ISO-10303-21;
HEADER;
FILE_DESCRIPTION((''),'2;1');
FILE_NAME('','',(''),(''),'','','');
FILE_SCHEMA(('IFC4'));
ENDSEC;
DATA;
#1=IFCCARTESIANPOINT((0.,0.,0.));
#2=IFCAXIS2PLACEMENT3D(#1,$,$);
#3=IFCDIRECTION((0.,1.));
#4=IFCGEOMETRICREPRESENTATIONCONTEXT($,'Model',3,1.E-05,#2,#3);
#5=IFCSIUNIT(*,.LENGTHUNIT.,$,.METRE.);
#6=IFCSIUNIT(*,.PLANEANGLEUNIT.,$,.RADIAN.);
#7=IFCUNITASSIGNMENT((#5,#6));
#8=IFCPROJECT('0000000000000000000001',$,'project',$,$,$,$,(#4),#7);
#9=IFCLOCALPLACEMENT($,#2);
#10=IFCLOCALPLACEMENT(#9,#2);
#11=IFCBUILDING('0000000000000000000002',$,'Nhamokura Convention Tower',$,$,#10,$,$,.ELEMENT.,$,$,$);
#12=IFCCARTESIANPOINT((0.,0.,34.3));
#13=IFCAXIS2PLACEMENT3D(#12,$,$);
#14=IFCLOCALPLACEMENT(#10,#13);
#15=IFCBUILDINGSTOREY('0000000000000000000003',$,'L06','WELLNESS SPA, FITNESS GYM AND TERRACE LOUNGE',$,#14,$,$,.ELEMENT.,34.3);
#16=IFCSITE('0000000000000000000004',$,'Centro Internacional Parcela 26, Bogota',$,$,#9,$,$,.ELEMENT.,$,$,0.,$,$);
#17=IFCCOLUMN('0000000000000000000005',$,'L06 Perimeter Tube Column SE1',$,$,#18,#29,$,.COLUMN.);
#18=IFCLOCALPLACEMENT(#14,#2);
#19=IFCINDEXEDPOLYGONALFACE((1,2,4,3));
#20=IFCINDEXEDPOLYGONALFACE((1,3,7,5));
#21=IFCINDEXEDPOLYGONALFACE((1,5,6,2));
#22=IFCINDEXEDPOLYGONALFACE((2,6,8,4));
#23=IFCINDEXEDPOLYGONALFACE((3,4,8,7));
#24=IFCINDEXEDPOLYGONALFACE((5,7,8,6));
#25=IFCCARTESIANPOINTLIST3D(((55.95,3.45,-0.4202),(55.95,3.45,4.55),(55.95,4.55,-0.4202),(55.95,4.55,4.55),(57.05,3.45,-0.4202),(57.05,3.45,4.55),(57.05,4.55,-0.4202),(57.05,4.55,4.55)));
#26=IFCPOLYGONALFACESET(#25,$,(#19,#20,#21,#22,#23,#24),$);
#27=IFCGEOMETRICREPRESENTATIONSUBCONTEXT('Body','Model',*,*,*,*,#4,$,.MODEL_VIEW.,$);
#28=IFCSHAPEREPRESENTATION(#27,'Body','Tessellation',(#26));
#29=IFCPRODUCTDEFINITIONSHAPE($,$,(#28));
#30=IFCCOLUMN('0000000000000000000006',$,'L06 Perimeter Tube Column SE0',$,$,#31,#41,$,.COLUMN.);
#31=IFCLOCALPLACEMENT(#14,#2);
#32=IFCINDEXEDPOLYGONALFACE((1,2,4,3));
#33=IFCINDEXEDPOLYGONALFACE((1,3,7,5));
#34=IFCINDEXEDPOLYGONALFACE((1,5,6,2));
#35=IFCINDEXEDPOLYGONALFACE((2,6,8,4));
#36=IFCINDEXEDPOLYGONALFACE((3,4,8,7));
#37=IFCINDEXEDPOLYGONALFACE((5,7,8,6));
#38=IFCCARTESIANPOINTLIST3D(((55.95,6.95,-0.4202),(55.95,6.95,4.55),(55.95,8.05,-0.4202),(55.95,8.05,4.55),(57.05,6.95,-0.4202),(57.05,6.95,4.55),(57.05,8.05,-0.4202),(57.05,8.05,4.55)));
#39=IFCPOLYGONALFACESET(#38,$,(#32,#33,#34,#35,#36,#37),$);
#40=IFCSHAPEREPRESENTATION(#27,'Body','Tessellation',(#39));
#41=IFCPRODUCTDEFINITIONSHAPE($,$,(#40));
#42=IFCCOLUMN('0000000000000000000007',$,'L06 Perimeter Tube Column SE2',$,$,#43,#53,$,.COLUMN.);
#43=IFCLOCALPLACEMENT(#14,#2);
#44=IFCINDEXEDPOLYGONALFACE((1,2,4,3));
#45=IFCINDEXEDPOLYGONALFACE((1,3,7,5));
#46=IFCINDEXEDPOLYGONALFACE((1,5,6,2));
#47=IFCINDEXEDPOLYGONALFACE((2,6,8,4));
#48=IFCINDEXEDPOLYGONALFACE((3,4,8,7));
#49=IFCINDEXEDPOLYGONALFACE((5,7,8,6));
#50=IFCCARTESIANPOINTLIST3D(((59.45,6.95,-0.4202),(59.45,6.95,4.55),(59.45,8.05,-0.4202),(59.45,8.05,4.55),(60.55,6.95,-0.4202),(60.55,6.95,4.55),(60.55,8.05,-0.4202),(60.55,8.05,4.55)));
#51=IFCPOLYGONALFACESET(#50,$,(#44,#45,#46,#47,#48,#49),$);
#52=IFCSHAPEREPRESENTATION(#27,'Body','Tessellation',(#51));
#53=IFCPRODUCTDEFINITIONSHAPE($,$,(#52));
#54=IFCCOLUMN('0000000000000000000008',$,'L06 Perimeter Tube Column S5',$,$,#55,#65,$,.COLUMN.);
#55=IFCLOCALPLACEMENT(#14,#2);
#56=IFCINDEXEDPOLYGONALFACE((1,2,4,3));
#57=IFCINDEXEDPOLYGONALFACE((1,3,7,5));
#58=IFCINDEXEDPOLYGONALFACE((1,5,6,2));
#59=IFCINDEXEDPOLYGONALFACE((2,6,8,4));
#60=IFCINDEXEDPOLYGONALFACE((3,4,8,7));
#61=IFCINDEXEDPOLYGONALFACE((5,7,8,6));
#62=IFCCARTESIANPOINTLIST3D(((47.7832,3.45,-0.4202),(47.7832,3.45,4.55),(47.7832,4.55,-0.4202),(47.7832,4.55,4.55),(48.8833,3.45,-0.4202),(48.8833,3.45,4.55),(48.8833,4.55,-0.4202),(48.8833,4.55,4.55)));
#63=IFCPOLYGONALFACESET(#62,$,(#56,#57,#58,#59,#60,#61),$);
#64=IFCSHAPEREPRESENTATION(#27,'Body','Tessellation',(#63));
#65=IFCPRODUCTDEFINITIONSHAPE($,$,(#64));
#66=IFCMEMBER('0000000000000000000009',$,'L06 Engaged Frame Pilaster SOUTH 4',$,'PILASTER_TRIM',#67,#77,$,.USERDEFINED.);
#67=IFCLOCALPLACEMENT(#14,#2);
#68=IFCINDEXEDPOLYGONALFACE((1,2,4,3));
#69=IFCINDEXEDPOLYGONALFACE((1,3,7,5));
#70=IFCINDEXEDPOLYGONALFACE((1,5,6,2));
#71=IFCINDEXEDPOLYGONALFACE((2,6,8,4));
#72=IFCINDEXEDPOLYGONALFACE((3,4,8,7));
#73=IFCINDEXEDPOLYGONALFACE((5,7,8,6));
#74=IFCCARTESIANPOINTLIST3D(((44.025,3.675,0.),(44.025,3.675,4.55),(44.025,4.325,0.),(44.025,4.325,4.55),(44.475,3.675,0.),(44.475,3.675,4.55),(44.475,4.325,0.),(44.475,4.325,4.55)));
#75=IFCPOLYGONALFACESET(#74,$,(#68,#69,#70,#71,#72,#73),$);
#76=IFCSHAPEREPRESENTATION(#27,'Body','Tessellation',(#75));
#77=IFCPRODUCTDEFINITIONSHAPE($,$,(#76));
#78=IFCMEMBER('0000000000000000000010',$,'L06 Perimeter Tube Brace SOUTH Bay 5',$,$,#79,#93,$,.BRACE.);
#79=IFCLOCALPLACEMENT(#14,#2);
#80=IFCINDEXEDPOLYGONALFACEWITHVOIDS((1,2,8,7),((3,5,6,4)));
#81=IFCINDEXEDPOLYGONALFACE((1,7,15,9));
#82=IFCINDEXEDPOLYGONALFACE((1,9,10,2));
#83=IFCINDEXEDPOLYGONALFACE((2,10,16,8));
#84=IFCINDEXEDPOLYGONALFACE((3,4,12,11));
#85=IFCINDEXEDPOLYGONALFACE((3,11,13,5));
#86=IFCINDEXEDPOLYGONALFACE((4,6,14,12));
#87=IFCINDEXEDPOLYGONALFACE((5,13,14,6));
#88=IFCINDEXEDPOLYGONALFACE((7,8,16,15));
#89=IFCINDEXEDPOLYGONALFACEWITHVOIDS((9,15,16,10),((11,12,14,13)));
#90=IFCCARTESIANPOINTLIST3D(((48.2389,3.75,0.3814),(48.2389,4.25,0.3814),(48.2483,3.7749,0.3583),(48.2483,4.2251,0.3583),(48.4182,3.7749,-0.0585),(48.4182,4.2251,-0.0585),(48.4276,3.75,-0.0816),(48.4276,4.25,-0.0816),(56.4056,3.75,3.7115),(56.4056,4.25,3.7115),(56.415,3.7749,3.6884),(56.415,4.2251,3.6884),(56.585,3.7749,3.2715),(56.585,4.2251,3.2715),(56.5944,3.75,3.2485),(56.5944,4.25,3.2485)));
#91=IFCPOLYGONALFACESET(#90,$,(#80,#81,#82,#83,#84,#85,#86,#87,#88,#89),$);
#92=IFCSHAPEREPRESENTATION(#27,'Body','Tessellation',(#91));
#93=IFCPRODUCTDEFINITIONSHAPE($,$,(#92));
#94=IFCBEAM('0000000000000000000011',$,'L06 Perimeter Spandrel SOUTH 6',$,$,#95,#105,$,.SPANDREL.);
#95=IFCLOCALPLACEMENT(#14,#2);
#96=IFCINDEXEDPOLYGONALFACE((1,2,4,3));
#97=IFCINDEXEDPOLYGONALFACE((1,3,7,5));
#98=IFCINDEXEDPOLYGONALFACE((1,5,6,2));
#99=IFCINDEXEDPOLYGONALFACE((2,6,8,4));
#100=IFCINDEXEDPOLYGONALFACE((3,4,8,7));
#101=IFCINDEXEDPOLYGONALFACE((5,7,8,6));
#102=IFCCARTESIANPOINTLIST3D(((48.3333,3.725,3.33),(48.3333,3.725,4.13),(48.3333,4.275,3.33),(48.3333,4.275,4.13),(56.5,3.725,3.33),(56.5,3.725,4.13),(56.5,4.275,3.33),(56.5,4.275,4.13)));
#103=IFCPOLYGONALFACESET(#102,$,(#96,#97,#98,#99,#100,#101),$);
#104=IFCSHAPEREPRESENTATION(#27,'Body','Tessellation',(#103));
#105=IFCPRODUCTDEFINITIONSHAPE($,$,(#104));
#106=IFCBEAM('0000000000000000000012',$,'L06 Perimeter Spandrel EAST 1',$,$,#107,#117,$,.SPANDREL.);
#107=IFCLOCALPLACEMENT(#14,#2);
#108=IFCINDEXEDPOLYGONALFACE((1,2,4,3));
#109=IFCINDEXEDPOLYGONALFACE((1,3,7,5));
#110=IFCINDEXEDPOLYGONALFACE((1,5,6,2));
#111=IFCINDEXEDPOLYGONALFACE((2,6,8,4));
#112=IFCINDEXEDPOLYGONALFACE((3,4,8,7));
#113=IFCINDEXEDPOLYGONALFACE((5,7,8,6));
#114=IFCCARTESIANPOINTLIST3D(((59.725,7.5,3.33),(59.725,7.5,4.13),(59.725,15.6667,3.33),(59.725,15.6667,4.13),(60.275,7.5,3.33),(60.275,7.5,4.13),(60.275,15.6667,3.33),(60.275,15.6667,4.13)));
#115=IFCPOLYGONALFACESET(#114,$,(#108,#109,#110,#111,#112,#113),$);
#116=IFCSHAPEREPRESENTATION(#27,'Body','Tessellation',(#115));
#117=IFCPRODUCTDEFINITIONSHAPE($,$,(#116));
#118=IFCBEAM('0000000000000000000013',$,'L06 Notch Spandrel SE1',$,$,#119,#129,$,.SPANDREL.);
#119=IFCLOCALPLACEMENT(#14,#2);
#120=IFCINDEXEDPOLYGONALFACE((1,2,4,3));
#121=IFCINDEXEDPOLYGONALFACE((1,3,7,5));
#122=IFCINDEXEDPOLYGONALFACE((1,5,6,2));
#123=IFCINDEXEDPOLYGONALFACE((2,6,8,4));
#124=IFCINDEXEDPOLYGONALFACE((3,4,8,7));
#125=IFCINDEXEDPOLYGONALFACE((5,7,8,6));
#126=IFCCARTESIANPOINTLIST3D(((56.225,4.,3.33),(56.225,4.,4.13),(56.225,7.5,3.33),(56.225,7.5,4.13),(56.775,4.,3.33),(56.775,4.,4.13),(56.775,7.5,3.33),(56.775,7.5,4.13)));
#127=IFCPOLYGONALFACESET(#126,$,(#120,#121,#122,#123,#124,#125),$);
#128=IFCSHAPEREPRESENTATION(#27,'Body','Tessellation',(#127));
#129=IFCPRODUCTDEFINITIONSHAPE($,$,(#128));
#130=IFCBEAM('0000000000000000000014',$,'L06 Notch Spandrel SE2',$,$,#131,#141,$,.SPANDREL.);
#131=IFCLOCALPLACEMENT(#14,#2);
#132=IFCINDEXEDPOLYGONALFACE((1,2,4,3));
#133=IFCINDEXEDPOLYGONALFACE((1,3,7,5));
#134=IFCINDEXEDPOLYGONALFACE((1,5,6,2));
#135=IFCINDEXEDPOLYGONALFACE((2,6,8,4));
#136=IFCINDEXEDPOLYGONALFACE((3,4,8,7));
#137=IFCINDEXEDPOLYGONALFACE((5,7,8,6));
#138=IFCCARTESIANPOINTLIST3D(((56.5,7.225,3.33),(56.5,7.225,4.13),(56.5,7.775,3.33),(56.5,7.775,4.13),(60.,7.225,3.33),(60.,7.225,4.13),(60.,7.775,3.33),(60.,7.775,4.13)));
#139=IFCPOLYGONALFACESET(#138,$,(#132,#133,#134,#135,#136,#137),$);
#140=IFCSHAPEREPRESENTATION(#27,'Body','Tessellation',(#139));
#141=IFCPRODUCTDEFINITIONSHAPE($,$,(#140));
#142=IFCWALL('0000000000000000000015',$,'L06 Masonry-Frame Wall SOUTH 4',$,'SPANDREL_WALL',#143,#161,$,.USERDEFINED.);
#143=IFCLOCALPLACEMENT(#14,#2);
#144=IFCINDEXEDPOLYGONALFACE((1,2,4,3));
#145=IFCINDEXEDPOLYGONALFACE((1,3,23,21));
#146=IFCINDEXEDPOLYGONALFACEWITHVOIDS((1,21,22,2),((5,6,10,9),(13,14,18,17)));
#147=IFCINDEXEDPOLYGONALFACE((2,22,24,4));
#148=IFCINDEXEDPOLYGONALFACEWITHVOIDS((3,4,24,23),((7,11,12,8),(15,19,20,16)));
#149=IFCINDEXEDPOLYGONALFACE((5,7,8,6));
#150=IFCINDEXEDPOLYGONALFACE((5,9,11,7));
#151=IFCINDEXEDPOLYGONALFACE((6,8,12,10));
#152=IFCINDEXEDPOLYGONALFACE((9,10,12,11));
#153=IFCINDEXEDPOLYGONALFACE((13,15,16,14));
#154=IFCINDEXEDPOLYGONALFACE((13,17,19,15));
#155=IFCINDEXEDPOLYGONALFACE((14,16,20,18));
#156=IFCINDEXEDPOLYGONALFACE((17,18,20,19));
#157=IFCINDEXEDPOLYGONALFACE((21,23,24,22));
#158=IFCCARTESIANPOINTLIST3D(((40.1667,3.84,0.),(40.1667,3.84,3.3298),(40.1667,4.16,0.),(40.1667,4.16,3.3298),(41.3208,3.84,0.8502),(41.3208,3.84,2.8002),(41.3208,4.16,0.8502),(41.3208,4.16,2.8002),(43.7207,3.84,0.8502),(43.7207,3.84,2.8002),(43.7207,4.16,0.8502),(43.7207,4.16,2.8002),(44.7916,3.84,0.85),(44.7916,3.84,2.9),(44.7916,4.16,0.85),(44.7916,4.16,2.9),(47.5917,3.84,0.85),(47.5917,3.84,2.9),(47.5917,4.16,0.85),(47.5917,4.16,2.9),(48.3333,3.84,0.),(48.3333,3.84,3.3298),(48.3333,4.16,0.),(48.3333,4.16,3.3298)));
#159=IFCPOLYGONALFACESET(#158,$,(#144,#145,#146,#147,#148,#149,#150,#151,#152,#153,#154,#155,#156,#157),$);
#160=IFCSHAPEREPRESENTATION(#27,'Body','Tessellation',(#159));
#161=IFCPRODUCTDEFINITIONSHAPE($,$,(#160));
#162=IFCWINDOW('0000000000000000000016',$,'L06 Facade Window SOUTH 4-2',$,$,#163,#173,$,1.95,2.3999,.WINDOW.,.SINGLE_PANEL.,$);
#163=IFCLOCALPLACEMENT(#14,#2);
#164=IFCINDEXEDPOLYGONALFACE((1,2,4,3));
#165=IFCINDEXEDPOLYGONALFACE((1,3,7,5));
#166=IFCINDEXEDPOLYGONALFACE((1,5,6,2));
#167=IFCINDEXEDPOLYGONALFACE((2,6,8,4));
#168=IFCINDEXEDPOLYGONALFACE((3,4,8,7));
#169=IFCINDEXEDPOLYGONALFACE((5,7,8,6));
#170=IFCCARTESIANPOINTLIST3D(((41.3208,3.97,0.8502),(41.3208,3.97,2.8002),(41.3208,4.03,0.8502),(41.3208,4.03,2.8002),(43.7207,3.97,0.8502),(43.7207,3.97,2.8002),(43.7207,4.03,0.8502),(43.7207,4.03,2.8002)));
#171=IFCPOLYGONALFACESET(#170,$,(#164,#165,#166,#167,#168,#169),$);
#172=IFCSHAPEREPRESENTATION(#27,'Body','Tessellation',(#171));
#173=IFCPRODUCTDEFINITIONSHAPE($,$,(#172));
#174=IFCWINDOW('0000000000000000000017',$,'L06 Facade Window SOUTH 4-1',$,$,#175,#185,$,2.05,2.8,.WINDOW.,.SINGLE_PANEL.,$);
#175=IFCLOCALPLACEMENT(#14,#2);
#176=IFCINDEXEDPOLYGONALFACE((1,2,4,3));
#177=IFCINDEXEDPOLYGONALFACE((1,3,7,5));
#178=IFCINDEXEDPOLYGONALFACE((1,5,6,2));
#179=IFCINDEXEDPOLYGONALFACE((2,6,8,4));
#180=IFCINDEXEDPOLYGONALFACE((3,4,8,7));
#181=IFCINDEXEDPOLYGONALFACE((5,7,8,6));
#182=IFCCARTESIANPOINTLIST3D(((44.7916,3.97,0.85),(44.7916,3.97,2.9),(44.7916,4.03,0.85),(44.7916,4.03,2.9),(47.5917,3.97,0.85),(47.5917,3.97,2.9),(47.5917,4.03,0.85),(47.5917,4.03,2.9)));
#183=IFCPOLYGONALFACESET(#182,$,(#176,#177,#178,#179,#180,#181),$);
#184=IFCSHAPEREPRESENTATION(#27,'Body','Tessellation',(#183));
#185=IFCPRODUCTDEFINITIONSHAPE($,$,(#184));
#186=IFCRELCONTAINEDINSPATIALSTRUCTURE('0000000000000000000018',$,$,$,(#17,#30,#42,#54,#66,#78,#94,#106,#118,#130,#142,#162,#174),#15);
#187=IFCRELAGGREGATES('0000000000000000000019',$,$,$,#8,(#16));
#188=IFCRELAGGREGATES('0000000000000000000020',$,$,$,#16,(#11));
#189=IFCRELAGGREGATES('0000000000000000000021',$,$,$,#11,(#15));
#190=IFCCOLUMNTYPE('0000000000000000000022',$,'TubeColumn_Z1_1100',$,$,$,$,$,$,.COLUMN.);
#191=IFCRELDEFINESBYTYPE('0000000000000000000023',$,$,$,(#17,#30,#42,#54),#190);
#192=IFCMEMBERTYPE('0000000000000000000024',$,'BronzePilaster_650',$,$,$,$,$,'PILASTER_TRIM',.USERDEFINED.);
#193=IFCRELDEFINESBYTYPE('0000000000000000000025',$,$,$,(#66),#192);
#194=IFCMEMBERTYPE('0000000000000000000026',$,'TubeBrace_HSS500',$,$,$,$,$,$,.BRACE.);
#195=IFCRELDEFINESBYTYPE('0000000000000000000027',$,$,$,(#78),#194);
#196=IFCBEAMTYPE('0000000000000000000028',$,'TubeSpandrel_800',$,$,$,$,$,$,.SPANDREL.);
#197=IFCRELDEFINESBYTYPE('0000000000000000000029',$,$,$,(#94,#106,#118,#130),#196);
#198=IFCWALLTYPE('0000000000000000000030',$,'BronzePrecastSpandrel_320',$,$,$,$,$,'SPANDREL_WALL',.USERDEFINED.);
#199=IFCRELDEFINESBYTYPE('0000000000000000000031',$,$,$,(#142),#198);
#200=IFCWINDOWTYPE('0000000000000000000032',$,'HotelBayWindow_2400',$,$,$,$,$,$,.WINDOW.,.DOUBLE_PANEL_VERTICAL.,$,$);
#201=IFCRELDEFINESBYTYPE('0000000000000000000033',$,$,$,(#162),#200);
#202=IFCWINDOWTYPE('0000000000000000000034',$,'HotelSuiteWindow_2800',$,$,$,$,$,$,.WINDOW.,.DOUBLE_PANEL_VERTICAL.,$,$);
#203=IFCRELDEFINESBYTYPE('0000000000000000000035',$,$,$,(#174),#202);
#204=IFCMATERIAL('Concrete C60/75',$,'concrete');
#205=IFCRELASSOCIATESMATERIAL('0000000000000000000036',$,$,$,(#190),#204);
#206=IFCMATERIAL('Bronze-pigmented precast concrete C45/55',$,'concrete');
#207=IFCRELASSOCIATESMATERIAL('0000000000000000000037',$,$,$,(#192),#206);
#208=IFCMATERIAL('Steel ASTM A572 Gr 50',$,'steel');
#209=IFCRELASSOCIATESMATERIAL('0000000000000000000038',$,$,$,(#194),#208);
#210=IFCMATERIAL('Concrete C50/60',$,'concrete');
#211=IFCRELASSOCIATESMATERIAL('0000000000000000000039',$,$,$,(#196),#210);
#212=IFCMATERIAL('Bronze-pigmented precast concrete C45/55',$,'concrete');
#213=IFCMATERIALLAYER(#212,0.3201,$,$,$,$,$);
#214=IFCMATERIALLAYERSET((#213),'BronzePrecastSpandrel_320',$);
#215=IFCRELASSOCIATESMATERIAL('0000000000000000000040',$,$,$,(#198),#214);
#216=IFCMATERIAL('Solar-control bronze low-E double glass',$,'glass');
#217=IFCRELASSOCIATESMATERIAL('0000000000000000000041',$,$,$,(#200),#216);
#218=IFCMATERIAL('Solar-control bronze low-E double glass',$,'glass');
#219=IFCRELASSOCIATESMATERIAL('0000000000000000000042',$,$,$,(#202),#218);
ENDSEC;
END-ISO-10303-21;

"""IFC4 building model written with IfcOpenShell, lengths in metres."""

from ifc_helpers import new_model, si_unit, direction, frame, frame_2d, origin, origin_2d, place, context, subcontext, project, spatial, rectangle, hollow_rectangle, extrude, material, layer, layer_set, material_profile, profile_set, type_object, element, fill, save


model = new_model("IFC4")

# Units and contexts
model_context = context("Model", 3, precision=1e-05, world=origin(), true_north=direction((0.0, 1.0)))
body_context = subcontext(model_context, "Body", "Model", "MODEL_VIEW")
ifc_project = project(units=[si_unit("LENGTHUNIT", "METRE"), si_unit("PLANEANGLEUNIT", "RADIAN")], contexts=[model_context])

# Site, building, storey
site_placement = place(None, origin())
site = spatial("IfcSite", under=ifc_project, at=site_placement, Name="Centro Internacional Parcela 26, Bogota", CompositionType="ELEMENT", RefElevation=0.0)
building_placement = place(site_placement, origin())
building = spatial("IfcBuilding", under=site, at=building_placement, Name="Nhamokura Convention Tower", CompositionType="ELEMENT")
storey_placement = place(building_placement, frame((0.0, 0.0, 34.3)))
storey = spatial("IfcBuildingStorey", under=building, at=storey_placement, Name="L06", Description="WELLNESS SPA, FITNESS GYM AND TERRACE LOUNGE", CompositionType="ELEMENT", Elevation=34.3)

# Columns
ifc_material_1 = material(Name="Concrete C60/75", Category="concrete")
ifc_material_profile_1 = material_profile(ifc_material_1, rectangle(XDim=1.1001, YDim=1.1001, at=origin_2d()))
ifc_profile_set_1 = profile_set([ifc_material_profile_1], Name="Concrete C60/75")
column_type = type_object("IfcColumnType", Name="TubeColumn_Z1_1100", PredefinedType="COLUMN", material=ifc_profile_set_1)
for number, where, z_axis, x_axis, name in (
    (1, (56.5, 4.0, -0.4202), (0.0, 0.0, 1.0), (1.0, 0.0, 0.0), "L06 Perimeter Tube Column SE1"),
    (2, (56.5, 7.5, -0.4202), (0.0, 0.0, 1.0), (1.0, 0.0, 0.0), "L06 Perimeter Tube Column SE0"),
    (3, (60.0, 7.5, -0.4202), (0.0, 0.0, 1.0), (1.0, 0.0, 0.0), "L06 Perimeter Tube Column SE2"),
    (4, (48.3333, 4.0, -0.4202), (0.0, 0.0, 1.0), (1.0, 0.0, 0.0), "L06 Perimeter Tube Column S5"),
):
    element("IfcColumn", number, at=place(storey_placement, frame(where, z_axis=z_axis, x_axis=x_axis)), inside=storey, type_object=column_type, Name=name, PredefinedType="COLUMN", context=body_context, shape_type="SweptSolid", body=[
        extrude(rectangle(XDim=1.1001, YDim=1.1001, at=origin_2d()), origin(), (0.0, 0.0, 1.0), 4.9702),
    ])

# Members
ifc_material_2 = material(Name="Bronze-pigmented precast concrete C45/55", Category="concrete")
ifc_material_profile_2 = material_profile(ifc_material_2, rectangle(XDim=0.45, YDim=0.6499, at=origin_2d()))
ifc_profile_set_2 = profile_set([ifc_material_profile_2], Name="Bronze-pigmented precast concrete C45/55")
member_type_1 = type_object("IfcMemberType", Name="BronzePilaster_650", ElementType="PILASTER_TRIM", PredefinedType="USERDEFINED", material=ifc_profile_set_2)
member_1_placement = place(storey_placement, frame((44.25, 4.0, 0.0), z_axis=(0.0, 0.0, 1.0), x_axis=(1.0, 0.0, 0.0)))
element("IfcMember", 5, at=member_1_placement, inside=storey, type_object=member_type_1, Name="L06 Engaged Frame Pilaster SOUTH 4", ObjectType="PILASTER_TRIM", PredefinedType="USERDEFINED", context=body_context, shape_type="SweptSolid", body=[
    extrude(rectangle(XDim=0.45, YDim=0.6499, at=origin_2d()), origin(), (0.0, 0.0, 1.0), 4.55),
])
ifc_material_3 = material(Name="Steel ASTM A572 Gr 50", Category="steel")
ifc_material_profile_3 = material_profile(ifc_material_3, hollow_rectangle(XDim=0.5, YDim=0.5, WallThickness=0.0249, at=origin_2d()))
ifc_profile_set_3 = profile_set([ifc_material_profile_3], Name="Steel ASTM A572 Gr 50")
member_type_2 = type_object("IfcMemberType", Name="TubeBrace_HSS500", PredefinedType="BRACE", material=ifc_profile_set_3)
member_2_placement = place(storey_placement, frame((48.3333, 4.0, 0.1499), z_axis=(0.925978, 0.0, 0.377577), x_axis=(0.0, 1.0, 0.0)))
element("IfcMember", 6, at=member_2_placement, inside=storey, type_object=member_type_2, Name="L06 Perimeter Tube Brace SOUTH Bay 5", PredefinedType="BRACE", context=body_context, shape_type="SweptSolid", body=[
    extrude(hollow_rectangle(XDim=0.5, YDim=0.5, WallThickness=0.0249, at=origin_2d()), origin(), (0.0, 0.0, 1.0), 8.8196),
])

# Beams
ifc_material_4 = material(Name="Concrete C50/60", Category="concrete")
ifc_material_profile_4 = material_profile(ifc_material_4, rectangle(XDim=0.55, YDim=0.8, at=origin_2d()))
ifc_profile_set_4 = profile_set([ifc_material_profile_4], Name="Concrete C50/60")
beam_type = type_object("IfcBeamType", Name="TubeSpandrel_800", PredefinedType="SPANDREL", material=ifc_profile_set_4)
for number, where, z_axis, x_axis, name in (
    (7, (48.3333, 4.0, 3.73), (1.0, 0.0, 0.0), (0.0, 1.0, 0.0), "L06 Perimeter Spandrel SOUTH 6"),
    (8, (60.0, 7.5, 3.73), (0.0, 1.0, 0.0), (-1.0, 0.0, 0.0), "L06 Perimeter Spandrel EAST 1"),
):
    element("IfcBeam", number, at=place(storey_placement, frame(where, z_axis=z_axis, x_axis=x_axis)), inside=storey, type_object=beam_type, Name=name, PredefinedType="SPANDREL", context=body_context, shape_type="SweptSolid", body=[
        extrude(rectangle(XDim=0.55, YDim=0.8, at=origin_2d()), origin(), (0.0, 0.0, 1.0), 8.1667),
    ])
for number, where, z_axis, x_axis, name in (
    (9, (56.5, 4.0, 3.73), (0.0, 1.0, 0.0), (-1.0, 0.0, 0.0), "L06 Notch Spandrel SE1"),
    (10, (56.5, 7.5, 3.73), (1.0, 0.0, 0.0), (0.0, 1.0, 0.0), "L06 Notch Spandrel SE2"),
):
    element("IfcBeam", number, at=place(storey_placement, frame(where, z_axis=z_axis, x_axis=x_axis)), inside=storey, type_object=beam_type, Name=name, PredefinedType="SPANDREL", context=body_context, shape_type="SweptSolid", body=[
        extrude(rectangle(XDim=0.55, YDim=0.8, at=origin_2d()), origin(), (0.0, 0.0, 1.0), 3.5),
    ])

# Wall, openings, windows
ifc_material_5 = material(Name="Bronze-pigmented precast concrete C45/55", Category="concrete")
ifc_layer = layer(ifc_material_5, 0.3201)
ifc_layer_set = layer_set([ifc_layer], Name="BronzePrecastSpandrel_320")
wall_type = type_object("IfcWallType", Name="BronzePrecastSpandrel_320", ElementType="SPANDREL_WALL", PredefinedType="USERDEFINED", material=ifc_layer_set)
wall_1_placement = place(storey_placement, frame((48.3333, 4.0, 0.0), z_axis=(0.0, 0.0, 1.0), x_axis=(-1.0, 0.0, 0.0)))
wall_1 = element("IfcWall", 11, at=wall_1_placement, inside=storey, type_object=wall_type, Name="L06 Masonry-Frame Wall SOUTH 4", ObjectType="SPANDREL_WALL", PredefinedType="USERDEFINED", context=body_context, shape_type="SweptSolid", body=[
    extrude(rectangle(XDim=8.1665, YDim=0.3201, at=frame_2d((4.0833, 0.0))), origin(), (0.0, 0.0, 1.0), 3.3298),
])
opening_1_placement = place(wall_1_placement, frame((0.7417, 0.0, 0.8501)))
opening_1 = element("IfcOpeningElement", 12, at=opening_1_placement, cuts=wall_1, PredefinedType="OPENING", context=body_context, shape_type="SweptSolid", body=[
    extrude(rectangle(XDim=2.8, YDim=2.05, at=frame_2d((1.3999, 1.0249))), frame((0.0, 0.1699, 0.0), z_axis=(0.0, -1.0, 0.0), x_axis=(1.0, 0.0, 0.0)), (0.0, 0.0, 1.0), 0.3401),
])
opening_2_placement = place(wall_1_placement, frame((4.6125, 0.0, 0.8501)))
opening_2 = element("IfcOpeningElement", 13, at=opening_2_placement, cuts=wall_1, PredefinedType="OPENING", context=body_context, shape_type="SweptSolid", body=[
    extrude(rectangle(XDim=2.3999, YDim=1.95, at=frame_2d((1.2, 0.9751))), frame((0.0, 0.1699, 0.0), z_axis=(0.0, -1.0, 0.0), x_axis=(1.0, 0.0, 0.0)), (0.0, 0.0, 1.0), 0.3401),
])
ifc_material_6 = material(Name="Solar-control bronze low-E double glass", Category="glass")
window_type_1 = type_object("IfcWindowType", Name="HotelBayWindow_2400", PartitioningType="DOUBLE_PANEL_VERTICAL", PredefinedType="WINDOW", material=ifc_material_6)
window_1_placement = place(opening_2_placement, origin())
window_1 = element("IfcWindow", 14, at=window_1_placement, inside=storey, type_object=window_type_1, Name="L06 Facade Window SOUTH 4-2", OverallHeight=1.95, OverallWidth=2.3999, PartitioningType="SINGLE_PANEL", PredefinedType="WINDOW", context=body_context, shape_type="SweptSolid", body=[
    extrude(rectangle(XDim=2.3999, YDim=1.95, at=frame_2d((1.2, 0.9751))), frame((0.0, 0.03, 0.0), z_axis=(0.0, -1.0, 0.0), x_axis=(1.0, 0.0, 0.0)), (0.0, 0.0, 1.0), 0.0601),
])
fill(opening_2, window_1)
ifc_material_7 = material(Name="Solar-control bronze low-E double glass", Category="glass")
window_type_2 = type_object("IfcWindowType", Name="HotelSuiteWindow_2800", PartitioningType="DOUBLE_PANEL_VERTICAL", PredefinedType="WINDOW", material=ifc_material_7)
window_2_placement = place(opening_1_placement, origin())
window_2 = element("IfcWindow", 15, at=window_2_placement, inside=storey, type_object=window_type_2, Name="L06 Facade Window SOUTH 4-1", OverallHeight=2.05, OverallWidth=2.8, PartitioningType="SINGLE_PANEL", PredefinedType="WINDOW", context=body_context, shape_type="SweptSolid", body=[
    extrude(rectangle(XDim=2.8, YDim=2.05, at=frame_2d((1.3999, 1.0249))), frame((0.0, 0.03, 0.0), z_axis=(0.0, -1.0, 0.0), x_axis=(1.0, 0.0, 0.0)), (0.0, 0.0, 1.0), 0.0601),
])
fill(opening_1, window_2)

save(model, "model.ifc")
